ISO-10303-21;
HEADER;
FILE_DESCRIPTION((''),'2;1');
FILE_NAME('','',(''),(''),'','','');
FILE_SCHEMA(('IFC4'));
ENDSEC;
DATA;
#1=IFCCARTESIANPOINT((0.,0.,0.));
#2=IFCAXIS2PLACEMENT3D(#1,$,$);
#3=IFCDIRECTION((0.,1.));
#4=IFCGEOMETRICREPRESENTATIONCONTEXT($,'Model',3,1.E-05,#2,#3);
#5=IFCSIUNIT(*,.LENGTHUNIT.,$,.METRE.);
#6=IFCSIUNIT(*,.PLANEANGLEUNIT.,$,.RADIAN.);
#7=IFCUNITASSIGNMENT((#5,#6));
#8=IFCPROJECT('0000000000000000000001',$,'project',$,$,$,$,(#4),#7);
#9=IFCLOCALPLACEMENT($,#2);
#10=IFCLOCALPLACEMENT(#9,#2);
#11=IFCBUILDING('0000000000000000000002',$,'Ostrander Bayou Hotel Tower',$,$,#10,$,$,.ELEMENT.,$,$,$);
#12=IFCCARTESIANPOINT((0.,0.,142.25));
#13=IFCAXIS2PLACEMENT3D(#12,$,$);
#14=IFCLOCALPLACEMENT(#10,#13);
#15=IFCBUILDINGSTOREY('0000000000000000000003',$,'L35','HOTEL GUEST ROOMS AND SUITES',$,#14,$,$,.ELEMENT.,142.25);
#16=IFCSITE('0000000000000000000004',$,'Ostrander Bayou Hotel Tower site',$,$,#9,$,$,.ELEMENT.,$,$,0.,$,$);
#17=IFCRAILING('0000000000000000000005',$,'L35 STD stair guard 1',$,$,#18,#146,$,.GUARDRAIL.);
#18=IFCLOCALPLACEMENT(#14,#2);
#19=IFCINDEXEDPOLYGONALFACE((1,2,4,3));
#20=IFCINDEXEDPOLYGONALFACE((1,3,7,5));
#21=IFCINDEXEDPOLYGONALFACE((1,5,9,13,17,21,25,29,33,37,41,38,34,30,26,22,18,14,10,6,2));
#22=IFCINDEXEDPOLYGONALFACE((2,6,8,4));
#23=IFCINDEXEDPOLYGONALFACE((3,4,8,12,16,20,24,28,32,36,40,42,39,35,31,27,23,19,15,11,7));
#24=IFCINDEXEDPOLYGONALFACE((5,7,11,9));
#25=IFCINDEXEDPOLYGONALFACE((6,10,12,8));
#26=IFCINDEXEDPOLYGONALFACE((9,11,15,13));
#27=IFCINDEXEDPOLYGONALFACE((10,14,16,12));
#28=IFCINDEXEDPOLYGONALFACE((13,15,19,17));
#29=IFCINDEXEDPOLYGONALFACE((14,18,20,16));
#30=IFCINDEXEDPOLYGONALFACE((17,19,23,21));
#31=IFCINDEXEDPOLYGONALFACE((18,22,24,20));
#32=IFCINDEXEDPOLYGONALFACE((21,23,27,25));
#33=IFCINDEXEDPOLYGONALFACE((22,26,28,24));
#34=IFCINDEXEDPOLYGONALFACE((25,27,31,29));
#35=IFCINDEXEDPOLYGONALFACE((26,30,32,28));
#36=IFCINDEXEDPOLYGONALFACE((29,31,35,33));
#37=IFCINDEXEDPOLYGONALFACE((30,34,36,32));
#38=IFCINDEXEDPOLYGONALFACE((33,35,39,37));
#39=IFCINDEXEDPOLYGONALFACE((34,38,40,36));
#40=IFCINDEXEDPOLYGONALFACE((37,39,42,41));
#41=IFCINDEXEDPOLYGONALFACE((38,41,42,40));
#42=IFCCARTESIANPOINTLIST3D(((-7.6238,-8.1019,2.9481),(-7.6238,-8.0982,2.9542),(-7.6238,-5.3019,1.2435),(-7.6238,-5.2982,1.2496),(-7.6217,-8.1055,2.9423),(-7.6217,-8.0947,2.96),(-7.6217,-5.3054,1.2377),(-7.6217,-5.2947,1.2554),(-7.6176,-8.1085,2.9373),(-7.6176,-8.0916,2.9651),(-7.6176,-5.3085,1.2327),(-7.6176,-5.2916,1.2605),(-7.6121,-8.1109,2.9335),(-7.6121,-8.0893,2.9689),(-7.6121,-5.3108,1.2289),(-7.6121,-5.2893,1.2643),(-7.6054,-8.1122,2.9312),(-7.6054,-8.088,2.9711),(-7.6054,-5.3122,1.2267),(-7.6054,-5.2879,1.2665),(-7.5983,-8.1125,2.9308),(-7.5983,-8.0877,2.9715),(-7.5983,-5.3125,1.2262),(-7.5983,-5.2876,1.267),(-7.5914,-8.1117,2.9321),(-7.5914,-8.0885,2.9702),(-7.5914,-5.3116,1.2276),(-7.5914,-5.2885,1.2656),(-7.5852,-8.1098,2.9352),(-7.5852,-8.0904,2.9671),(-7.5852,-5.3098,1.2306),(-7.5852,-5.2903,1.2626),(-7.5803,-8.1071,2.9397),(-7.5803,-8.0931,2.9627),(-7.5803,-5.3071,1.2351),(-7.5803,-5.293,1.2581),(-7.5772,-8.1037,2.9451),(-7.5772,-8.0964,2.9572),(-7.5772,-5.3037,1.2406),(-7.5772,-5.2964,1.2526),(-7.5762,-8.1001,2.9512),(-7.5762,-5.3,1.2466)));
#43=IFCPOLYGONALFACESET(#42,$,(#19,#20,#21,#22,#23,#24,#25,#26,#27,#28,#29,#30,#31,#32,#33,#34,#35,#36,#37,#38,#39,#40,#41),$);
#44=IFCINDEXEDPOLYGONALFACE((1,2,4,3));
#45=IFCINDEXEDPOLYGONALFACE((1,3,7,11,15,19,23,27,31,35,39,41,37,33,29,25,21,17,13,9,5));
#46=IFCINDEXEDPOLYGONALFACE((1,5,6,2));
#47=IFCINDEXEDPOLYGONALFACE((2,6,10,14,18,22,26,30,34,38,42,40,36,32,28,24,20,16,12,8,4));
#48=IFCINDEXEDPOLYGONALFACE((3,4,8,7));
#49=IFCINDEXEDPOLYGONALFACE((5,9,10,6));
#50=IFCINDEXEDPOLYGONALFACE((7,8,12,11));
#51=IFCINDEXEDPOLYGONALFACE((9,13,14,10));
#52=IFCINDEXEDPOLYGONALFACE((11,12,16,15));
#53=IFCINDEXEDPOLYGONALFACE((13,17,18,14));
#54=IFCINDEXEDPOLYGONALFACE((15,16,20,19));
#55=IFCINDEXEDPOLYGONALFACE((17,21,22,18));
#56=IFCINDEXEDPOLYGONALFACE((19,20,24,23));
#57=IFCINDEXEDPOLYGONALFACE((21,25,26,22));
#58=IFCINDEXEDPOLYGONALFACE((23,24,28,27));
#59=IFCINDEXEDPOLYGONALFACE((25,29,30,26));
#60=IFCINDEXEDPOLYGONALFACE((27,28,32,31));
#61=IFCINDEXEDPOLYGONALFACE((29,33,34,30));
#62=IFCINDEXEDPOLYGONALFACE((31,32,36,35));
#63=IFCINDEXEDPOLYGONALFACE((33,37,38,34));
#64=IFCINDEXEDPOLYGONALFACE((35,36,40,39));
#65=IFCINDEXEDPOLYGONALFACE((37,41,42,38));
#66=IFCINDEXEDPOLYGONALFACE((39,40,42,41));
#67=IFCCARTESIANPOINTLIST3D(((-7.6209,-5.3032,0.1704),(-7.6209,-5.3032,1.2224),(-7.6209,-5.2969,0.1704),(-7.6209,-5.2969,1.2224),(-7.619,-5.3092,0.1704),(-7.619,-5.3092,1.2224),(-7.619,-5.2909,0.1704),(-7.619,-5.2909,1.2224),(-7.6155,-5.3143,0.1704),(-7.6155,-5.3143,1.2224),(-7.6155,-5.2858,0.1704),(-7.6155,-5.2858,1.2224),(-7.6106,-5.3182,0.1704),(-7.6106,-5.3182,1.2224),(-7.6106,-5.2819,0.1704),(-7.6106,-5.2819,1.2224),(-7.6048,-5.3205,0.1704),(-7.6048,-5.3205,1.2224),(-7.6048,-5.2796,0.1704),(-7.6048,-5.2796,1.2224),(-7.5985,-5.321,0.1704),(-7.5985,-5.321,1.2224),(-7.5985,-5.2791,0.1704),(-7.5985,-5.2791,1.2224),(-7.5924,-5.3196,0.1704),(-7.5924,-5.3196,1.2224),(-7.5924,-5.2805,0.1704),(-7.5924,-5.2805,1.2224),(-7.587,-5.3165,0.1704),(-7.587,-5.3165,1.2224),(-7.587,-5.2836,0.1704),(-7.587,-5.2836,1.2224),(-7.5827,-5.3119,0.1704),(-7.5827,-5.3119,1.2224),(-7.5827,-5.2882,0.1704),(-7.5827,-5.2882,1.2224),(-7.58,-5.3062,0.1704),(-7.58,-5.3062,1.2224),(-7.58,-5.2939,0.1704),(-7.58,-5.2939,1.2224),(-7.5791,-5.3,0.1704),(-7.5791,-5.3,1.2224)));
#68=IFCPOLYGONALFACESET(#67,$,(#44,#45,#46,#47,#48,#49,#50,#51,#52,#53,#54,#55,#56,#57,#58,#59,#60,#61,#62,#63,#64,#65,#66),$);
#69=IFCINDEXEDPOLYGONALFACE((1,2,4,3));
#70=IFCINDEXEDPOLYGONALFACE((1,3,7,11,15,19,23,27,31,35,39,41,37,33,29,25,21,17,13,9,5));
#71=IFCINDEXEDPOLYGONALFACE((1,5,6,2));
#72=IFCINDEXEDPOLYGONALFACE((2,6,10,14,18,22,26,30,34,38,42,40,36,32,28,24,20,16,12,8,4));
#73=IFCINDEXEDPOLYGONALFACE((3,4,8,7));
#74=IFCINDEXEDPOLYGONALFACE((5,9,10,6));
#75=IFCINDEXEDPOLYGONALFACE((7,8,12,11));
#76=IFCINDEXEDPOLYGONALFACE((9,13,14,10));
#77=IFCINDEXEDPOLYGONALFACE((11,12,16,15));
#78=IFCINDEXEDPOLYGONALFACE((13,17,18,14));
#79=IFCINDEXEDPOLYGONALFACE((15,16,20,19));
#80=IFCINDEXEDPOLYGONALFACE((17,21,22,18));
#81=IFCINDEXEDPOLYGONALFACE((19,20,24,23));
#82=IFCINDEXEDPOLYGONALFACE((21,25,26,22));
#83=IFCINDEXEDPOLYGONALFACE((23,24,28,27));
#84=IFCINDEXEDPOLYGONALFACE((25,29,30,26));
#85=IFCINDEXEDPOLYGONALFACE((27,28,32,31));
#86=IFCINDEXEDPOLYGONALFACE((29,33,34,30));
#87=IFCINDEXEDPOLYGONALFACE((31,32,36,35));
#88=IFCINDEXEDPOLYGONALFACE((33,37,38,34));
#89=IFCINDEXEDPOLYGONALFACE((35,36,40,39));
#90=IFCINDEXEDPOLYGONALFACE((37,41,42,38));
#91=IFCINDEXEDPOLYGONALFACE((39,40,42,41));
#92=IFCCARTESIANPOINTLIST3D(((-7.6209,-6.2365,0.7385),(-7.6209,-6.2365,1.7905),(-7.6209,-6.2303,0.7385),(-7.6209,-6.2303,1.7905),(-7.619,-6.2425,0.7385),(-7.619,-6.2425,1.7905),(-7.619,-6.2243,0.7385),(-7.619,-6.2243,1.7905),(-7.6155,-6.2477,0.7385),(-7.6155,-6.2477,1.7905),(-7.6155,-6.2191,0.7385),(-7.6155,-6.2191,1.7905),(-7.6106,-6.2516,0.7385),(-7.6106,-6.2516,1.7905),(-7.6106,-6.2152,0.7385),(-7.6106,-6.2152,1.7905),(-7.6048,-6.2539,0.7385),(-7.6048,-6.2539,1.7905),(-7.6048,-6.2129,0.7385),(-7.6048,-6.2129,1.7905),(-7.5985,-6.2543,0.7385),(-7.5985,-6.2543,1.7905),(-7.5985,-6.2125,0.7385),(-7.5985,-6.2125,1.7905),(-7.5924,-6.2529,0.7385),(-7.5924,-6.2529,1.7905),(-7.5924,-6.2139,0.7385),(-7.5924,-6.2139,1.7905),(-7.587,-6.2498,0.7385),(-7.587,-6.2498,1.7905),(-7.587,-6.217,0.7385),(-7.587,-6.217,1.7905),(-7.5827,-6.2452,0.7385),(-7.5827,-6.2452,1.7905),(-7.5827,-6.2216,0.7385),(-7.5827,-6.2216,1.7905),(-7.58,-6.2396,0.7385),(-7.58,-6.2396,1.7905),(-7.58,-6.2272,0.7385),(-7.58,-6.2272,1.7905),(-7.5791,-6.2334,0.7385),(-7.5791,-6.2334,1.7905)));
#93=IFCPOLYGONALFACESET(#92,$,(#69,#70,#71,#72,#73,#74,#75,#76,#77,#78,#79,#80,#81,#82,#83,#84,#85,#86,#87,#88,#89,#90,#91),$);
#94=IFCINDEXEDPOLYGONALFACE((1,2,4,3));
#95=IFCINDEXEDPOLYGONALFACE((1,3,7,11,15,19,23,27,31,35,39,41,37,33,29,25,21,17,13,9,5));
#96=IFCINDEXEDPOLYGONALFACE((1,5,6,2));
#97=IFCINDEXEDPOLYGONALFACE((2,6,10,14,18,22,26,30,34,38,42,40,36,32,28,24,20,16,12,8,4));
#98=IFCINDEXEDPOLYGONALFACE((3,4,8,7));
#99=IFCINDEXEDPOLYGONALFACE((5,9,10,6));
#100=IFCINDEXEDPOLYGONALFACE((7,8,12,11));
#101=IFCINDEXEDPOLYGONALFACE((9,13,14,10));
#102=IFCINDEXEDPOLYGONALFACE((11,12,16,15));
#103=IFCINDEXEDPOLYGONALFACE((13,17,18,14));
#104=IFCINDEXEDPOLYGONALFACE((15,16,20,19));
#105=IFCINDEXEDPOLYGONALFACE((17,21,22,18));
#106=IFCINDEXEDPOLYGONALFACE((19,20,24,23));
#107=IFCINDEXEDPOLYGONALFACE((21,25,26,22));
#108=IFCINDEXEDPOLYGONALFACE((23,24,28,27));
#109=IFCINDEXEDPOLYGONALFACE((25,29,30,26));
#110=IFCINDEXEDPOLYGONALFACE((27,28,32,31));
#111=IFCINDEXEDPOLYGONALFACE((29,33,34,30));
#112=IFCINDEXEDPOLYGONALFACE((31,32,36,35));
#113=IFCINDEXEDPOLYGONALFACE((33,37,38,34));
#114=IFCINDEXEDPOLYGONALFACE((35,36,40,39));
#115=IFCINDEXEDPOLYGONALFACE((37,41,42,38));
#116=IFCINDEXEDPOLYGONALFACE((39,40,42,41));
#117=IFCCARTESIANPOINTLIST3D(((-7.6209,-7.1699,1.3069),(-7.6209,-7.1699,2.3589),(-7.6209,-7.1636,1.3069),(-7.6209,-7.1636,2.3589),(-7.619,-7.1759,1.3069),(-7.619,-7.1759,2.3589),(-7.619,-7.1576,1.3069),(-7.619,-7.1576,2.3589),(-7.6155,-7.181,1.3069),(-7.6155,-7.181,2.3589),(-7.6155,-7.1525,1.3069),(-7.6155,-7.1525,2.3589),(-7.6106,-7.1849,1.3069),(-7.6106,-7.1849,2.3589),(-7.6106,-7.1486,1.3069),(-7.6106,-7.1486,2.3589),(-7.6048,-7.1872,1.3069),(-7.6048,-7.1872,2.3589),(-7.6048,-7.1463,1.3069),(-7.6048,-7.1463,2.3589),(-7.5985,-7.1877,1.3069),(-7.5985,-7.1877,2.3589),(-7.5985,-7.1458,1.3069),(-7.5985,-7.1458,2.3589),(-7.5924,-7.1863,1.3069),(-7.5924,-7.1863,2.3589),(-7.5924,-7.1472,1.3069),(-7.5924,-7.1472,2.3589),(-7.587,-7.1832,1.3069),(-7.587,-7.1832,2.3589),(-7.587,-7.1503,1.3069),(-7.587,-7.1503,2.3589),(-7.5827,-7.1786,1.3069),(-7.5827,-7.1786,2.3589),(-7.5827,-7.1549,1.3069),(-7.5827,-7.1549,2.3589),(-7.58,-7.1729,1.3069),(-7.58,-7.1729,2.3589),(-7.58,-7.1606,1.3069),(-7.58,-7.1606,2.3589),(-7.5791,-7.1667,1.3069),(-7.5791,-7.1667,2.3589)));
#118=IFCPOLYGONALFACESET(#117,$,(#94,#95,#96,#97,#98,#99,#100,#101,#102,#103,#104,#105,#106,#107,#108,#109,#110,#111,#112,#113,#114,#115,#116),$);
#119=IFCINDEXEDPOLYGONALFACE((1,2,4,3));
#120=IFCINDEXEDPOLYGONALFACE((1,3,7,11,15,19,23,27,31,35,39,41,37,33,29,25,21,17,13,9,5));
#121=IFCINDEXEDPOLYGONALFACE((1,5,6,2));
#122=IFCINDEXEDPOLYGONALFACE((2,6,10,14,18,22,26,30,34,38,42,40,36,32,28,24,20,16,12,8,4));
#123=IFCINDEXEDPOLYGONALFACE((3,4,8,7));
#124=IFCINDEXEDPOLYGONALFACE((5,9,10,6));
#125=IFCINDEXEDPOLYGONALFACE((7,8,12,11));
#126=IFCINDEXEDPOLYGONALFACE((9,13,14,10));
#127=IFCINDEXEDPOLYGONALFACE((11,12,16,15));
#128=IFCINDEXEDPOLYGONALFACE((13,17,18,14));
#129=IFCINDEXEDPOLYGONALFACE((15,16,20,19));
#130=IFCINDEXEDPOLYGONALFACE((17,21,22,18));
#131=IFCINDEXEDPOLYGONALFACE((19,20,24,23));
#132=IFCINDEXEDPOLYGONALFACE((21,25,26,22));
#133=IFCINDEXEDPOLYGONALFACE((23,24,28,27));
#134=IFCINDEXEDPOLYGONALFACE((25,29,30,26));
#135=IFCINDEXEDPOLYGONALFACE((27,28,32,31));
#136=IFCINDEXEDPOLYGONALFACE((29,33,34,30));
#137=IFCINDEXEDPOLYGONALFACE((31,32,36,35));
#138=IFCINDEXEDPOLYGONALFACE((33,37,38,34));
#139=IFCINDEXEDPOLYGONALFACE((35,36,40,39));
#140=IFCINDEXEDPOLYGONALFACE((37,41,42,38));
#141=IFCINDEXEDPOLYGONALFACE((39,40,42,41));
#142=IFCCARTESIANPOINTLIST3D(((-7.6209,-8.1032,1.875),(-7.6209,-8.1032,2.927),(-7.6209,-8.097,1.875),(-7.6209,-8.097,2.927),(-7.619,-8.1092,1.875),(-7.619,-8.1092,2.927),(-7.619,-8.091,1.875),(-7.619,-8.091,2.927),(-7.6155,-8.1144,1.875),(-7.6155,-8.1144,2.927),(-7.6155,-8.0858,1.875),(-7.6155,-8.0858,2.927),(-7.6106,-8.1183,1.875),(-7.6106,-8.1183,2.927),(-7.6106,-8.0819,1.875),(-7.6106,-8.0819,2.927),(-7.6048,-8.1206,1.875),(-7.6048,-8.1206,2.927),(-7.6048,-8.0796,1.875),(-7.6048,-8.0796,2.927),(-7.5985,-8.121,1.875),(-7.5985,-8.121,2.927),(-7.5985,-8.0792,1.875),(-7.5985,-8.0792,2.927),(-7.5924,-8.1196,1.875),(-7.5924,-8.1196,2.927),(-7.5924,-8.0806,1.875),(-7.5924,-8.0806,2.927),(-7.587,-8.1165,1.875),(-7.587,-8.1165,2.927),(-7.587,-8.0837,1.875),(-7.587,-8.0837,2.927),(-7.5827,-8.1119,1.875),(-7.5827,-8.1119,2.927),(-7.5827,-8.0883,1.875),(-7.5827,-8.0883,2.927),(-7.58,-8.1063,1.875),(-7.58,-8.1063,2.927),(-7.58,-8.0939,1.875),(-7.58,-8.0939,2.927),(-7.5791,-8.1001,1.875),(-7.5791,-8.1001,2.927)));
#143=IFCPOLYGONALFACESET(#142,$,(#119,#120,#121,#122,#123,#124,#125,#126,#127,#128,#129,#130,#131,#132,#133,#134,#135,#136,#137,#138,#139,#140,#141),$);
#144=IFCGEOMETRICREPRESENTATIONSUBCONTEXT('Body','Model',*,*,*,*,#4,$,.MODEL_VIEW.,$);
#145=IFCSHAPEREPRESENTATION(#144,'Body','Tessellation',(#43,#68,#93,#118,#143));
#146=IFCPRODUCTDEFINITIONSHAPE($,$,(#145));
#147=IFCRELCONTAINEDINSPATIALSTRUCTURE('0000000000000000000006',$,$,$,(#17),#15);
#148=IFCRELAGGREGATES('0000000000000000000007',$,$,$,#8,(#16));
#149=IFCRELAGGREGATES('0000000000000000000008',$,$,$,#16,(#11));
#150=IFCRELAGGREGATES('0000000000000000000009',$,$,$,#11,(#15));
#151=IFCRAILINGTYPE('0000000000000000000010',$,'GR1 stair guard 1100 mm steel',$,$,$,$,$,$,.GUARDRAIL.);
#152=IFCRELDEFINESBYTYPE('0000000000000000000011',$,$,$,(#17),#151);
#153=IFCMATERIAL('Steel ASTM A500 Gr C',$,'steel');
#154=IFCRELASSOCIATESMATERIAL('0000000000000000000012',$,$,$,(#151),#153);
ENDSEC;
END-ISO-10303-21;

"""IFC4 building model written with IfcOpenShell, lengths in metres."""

from ifc_helpers import new_model, si_unit, direction, frame, origin, origin_2d, place, context, subcontext, project, spatial, circle, extrude, material, type_object, element, save


model = new_model("IFC4")

# Units and contexts
model_context = context("Model", 3, precision=1e-05, world=origin(), true_north=direction((0.0, 1.0)))
body_context = subcontext(model_context, "Body", "Model", "MODEL_VIEW")
ifc_project = project(units=[si_unit("LENGTHUNIT", "METRE"), si_unit("PLANEANGLEUNIT", "RADIAN")], contexts=[model_context])

# Site, building, storey
site_placement = place(None, origin())
site = spatial("IfcSite", under=ifc_project, at=site_placement, Name="Ostrander Bayou Hotel Tower site", CompositionType="ELEMENT", RefElevation=0.0)
building_placement = place(site_placement, origin())
building = spatial("IfcBuilding", under=site, at=building_placement, Name="Ostrander Bayou Hotel Tower", CompositionType="ELEMENT")
storey_placement = place(building_placement, frame((0.0, 0.0, 142.25)))
storey = spatial("IfcBuildingStorey", under=building, at=storey_placement, Name="L35", Description="HOTEL GUEST ROOMS AND SUITES", CompositionType="ELEMENT", Elevation=142.25)

# Railing
ifc_material_1 = material(Name="Steel ASTM A500 Gr C", Category="steel")
railing_type_1 = type_object("IfcRailingType", Name="GR1 stair guard 1100 mm steel", PredefinedType="GUARDRAIL", material=ifc_material_1)
railing_1_placement = place(storey_placement, frame((-7.6001, -5.3, 0.1704)))
element("IfcRailing", 1, at=railing_1_placement, inside=storey, type_object=railing_type_1, Name="L35 STD stair guard 1", PredefinedType="GUARDRAIL", context=body_context, shape_type="SweptSolid", body=[
    extrude(circle(Radius=0.0239, at=origin_2d()), frame((0.0, 0.0, 1.0762), z_axis=(0.0, -0.85417, 0.519994), x_axis=(1.0, 0.0, 0.0)), (0.0, 0.0, 1.0), 3.2781),
    extrude(circle(Radius=0.021, at=origin_2d()), origin(), (0.0, 0.0, 1.0), 1.052),
    extrude(circle(Radius=0.021, at=origin_2d()), frame((0.0, -0.9333, 0.5681)), (0.0, 0.0, 1.0), 1.052),
    extrude(circle(Radius=0.021, at=origin_2d()), frame((0.0, -1.8667, 1.1365)), (0.0, 0.0, 1.0), 1.052),
    extrude(circle(Radius=0.021, at=origin_2d()), frame((0.0, -2.8, 1.7046)), (0.0, 0.0, 1.0), 1.052),
])

save(model, "model.ifc")
